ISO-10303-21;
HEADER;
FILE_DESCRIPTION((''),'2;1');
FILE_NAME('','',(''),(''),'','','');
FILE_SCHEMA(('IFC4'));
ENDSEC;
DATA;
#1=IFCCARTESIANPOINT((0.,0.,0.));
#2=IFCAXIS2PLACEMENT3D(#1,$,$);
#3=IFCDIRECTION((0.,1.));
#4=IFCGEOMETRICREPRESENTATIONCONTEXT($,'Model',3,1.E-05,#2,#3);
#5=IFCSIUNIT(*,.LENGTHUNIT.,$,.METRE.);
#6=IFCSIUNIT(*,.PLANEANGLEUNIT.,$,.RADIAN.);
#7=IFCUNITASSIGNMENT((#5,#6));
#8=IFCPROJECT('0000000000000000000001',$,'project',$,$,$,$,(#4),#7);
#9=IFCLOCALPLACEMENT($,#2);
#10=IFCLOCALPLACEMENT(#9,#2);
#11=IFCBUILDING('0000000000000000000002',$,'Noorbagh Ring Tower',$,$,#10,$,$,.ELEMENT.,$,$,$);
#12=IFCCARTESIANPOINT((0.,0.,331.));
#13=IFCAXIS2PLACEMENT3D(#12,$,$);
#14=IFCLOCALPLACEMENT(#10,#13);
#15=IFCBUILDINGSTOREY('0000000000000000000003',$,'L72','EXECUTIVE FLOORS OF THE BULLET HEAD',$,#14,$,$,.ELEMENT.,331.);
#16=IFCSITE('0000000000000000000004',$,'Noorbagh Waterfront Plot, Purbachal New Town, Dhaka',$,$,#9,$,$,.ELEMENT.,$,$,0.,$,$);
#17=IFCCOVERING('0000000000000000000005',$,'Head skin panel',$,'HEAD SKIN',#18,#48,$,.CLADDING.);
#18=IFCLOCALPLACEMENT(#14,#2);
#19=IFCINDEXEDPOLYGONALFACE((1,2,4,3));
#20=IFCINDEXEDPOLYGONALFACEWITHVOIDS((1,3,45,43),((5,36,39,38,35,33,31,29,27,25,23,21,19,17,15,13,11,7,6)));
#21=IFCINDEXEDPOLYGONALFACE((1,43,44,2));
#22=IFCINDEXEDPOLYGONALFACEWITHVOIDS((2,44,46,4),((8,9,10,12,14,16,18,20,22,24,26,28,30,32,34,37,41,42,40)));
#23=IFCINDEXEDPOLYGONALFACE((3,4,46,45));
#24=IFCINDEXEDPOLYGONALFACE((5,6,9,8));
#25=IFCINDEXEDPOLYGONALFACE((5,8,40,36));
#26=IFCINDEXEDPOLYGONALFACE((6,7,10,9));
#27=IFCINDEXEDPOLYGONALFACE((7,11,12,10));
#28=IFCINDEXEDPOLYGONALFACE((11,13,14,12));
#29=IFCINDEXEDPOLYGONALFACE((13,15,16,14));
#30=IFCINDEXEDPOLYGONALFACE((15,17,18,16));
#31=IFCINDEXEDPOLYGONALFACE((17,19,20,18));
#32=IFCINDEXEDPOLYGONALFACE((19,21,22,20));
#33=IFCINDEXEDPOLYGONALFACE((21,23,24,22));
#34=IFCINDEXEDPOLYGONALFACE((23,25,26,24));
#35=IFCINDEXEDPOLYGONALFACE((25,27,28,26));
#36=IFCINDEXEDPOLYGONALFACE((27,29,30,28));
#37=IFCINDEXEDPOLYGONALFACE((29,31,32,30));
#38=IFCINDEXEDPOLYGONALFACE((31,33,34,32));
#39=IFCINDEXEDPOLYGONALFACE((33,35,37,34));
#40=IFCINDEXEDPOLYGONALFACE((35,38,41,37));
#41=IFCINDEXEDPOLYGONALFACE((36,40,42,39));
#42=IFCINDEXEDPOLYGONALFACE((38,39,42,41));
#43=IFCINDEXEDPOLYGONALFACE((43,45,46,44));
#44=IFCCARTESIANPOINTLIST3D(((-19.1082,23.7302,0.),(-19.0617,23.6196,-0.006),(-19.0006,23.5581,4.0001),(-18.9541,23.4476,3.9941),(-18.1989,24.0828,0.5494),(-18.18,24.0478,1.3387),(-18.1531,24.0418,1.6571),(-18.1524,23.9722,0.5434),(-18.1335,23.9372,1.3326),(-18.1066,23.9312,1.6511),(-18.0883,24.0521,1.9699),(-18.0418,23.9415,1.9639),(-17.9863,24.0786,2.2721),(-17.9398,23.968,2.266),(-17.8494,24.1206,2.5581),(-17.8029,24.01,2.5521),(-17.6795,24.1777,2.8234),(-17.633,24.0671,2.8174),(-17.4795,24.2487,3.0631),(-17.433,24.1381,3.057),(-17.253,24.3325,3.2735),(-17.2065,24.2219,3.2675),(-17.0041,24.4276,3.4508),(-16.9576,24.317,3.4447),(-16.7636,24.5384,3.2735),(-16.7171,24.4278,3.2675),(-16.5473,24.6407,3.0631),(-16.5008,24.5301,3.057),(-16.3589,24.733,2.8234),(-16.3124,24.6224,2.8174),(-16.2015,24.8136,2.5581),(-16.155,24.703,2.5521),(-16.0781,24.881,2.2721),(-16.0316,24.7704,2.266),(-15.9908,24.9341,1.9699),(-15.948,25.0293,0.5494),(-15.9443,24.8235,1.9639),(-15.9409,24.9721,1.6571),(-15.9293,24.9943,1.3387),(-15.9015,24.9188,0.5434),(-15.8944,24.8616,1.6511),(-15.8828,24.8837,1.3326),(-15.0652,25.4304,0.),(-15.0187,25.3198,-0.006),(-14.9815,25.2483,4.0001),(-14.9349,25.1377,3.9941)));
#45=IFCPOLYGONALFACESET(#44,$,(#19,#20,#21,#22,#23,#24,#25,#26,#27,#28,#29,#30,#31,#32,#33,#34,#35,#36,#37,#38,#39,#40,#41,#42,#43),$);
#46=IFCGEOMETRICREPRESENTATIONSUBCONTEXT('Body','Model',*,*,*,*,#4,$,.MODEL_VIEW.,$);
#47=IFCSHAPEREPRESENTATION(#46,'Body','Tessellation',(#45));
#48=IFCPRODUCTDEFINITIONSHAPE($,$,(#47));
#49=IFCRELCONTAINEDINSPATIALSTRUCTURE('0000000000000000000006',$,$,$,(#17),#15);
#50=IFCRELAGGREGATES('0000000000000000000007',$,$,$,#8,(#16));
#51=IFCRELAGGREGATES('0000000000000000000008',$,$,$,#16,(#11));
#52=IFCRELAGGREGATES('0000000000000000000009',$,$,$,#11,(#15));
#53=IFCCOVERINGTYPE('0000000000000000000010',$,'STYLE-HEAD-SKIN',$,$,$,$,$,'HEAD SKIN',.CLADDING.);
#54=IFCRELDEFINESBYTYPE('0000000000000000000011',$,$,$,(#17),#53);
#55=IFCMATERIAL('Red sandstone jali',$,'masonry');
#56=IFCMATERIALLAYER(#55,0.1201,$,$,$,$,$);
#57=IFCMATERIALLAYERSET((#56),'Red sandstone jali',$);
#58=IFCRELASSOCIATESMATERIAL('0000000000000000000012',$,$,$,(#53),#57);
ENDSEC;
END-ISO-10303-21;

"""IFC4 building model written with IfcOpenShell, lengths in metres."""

from ifc_helpers import new_model, si_unit, direction, frame, origin, place, context, subcontext, project, spatial, polyline, outline, extrude, material, layer, layer_set, type_object, element, save


model = new_model("IFC4")

# Units and contexts
model_context = context("Model", 3, precision=1e-05, world=origin(), true_north=direction((0.0, 1.0)))
body_context = subcontext(model_context, "Body", "Model", "MODEL_VIEW")
ifc_project = project(units=[si_unit("LENGTHUNIT", "METRE"), si_unit("PLANEANGLEUNIT", "RADIAN")], contexts=[model_context])

# Site, building, storey
site_placement = place(None, origin())
site = spatial("IfcSite", under=ifc_project, at=site_placement, Name="Noorbagh Waterfront Plot, Purbachal New Town, Dhaka", CompositionType="ELEMENT", RefElevation=0.0)
building_placement = place(site_placement, origin())
building = spatial("IfcBuilding", under=site, at=building_placement, Name="Noorbagh Ring Tower", CompositionType="ELEMENT")
storey_placement = place(building_placement, frame((0.0, 0.0, 331.0)))
storey = spatial("IfcBuildingStorey", under=building, at=storey_placement, Name="L72", Description="EXECUTIVE FLOORS OF THE BULLET HEAD", CompositionType="ELEMENT", Elevation=331.0)

# Covering
ifc_material_1 = material(Name="Red sandstone jali", Category="masonry")
ifc_layer_1 = layer(ifc_material_1, 0.1201)
ifc_layer_set_1 = layer_set([ifc_layer_1], Name="Red sandstone jali")
covering_type_1 = type_object("IfcCoveringType", Name="STYLE-HEAD-SKIN", ElementType="HEAD SKIN", PredefinedType="CLADDING", material=ifc_layer_set_1)
covering_1_placement = place(storey_placement, frame((-15.0652, 25.4304, 0.0), z_axis=(-0.387159, 0.920655, 0.050019), x_axis=(-0.921809, -0.387644, 0.0)))
element("IfcCovering", 1, at=covering_1_placement, inside=storey, type_object=covering_type_1, Name="Head skin panel", ObjectType="HEAD SKIN", PredefinedType="CLADDING", context=body_context, shape_type="SweptSolid", body=[
    extrude(outline(polyline([(0.0, 0.0), (4.386, 0.0), (4.3535, 4.0051), (-0.0066, 4.0051), (0.0, 0.0)]), holes=[polyline([(0.9692, 0.55), (0.9656, 1.3403), (0.9849, 1.6592), (1.0457, 1.9724), (1.1467, 2.2749), (1.2866, 2.5613), (1.4629, 2.8269), (1.6724, 3.0669), (1.9114, 3.2776), (2.176, 3.4551), (2.4424, 3.2776), (2.6836, 3.0669), (2.8955, 2.8269), (3.0742, 2.5613), (3.2168, 2.2749), (3.321, 1.9724), (3.3848, 1.6592), (3.4072, 1.3403), (3.4111, 0.55), (0.9692, 0.55)])]), origin(), (0.0, 0.0, -1.0), 0.1201),
])

save(model, "model.ifc")
